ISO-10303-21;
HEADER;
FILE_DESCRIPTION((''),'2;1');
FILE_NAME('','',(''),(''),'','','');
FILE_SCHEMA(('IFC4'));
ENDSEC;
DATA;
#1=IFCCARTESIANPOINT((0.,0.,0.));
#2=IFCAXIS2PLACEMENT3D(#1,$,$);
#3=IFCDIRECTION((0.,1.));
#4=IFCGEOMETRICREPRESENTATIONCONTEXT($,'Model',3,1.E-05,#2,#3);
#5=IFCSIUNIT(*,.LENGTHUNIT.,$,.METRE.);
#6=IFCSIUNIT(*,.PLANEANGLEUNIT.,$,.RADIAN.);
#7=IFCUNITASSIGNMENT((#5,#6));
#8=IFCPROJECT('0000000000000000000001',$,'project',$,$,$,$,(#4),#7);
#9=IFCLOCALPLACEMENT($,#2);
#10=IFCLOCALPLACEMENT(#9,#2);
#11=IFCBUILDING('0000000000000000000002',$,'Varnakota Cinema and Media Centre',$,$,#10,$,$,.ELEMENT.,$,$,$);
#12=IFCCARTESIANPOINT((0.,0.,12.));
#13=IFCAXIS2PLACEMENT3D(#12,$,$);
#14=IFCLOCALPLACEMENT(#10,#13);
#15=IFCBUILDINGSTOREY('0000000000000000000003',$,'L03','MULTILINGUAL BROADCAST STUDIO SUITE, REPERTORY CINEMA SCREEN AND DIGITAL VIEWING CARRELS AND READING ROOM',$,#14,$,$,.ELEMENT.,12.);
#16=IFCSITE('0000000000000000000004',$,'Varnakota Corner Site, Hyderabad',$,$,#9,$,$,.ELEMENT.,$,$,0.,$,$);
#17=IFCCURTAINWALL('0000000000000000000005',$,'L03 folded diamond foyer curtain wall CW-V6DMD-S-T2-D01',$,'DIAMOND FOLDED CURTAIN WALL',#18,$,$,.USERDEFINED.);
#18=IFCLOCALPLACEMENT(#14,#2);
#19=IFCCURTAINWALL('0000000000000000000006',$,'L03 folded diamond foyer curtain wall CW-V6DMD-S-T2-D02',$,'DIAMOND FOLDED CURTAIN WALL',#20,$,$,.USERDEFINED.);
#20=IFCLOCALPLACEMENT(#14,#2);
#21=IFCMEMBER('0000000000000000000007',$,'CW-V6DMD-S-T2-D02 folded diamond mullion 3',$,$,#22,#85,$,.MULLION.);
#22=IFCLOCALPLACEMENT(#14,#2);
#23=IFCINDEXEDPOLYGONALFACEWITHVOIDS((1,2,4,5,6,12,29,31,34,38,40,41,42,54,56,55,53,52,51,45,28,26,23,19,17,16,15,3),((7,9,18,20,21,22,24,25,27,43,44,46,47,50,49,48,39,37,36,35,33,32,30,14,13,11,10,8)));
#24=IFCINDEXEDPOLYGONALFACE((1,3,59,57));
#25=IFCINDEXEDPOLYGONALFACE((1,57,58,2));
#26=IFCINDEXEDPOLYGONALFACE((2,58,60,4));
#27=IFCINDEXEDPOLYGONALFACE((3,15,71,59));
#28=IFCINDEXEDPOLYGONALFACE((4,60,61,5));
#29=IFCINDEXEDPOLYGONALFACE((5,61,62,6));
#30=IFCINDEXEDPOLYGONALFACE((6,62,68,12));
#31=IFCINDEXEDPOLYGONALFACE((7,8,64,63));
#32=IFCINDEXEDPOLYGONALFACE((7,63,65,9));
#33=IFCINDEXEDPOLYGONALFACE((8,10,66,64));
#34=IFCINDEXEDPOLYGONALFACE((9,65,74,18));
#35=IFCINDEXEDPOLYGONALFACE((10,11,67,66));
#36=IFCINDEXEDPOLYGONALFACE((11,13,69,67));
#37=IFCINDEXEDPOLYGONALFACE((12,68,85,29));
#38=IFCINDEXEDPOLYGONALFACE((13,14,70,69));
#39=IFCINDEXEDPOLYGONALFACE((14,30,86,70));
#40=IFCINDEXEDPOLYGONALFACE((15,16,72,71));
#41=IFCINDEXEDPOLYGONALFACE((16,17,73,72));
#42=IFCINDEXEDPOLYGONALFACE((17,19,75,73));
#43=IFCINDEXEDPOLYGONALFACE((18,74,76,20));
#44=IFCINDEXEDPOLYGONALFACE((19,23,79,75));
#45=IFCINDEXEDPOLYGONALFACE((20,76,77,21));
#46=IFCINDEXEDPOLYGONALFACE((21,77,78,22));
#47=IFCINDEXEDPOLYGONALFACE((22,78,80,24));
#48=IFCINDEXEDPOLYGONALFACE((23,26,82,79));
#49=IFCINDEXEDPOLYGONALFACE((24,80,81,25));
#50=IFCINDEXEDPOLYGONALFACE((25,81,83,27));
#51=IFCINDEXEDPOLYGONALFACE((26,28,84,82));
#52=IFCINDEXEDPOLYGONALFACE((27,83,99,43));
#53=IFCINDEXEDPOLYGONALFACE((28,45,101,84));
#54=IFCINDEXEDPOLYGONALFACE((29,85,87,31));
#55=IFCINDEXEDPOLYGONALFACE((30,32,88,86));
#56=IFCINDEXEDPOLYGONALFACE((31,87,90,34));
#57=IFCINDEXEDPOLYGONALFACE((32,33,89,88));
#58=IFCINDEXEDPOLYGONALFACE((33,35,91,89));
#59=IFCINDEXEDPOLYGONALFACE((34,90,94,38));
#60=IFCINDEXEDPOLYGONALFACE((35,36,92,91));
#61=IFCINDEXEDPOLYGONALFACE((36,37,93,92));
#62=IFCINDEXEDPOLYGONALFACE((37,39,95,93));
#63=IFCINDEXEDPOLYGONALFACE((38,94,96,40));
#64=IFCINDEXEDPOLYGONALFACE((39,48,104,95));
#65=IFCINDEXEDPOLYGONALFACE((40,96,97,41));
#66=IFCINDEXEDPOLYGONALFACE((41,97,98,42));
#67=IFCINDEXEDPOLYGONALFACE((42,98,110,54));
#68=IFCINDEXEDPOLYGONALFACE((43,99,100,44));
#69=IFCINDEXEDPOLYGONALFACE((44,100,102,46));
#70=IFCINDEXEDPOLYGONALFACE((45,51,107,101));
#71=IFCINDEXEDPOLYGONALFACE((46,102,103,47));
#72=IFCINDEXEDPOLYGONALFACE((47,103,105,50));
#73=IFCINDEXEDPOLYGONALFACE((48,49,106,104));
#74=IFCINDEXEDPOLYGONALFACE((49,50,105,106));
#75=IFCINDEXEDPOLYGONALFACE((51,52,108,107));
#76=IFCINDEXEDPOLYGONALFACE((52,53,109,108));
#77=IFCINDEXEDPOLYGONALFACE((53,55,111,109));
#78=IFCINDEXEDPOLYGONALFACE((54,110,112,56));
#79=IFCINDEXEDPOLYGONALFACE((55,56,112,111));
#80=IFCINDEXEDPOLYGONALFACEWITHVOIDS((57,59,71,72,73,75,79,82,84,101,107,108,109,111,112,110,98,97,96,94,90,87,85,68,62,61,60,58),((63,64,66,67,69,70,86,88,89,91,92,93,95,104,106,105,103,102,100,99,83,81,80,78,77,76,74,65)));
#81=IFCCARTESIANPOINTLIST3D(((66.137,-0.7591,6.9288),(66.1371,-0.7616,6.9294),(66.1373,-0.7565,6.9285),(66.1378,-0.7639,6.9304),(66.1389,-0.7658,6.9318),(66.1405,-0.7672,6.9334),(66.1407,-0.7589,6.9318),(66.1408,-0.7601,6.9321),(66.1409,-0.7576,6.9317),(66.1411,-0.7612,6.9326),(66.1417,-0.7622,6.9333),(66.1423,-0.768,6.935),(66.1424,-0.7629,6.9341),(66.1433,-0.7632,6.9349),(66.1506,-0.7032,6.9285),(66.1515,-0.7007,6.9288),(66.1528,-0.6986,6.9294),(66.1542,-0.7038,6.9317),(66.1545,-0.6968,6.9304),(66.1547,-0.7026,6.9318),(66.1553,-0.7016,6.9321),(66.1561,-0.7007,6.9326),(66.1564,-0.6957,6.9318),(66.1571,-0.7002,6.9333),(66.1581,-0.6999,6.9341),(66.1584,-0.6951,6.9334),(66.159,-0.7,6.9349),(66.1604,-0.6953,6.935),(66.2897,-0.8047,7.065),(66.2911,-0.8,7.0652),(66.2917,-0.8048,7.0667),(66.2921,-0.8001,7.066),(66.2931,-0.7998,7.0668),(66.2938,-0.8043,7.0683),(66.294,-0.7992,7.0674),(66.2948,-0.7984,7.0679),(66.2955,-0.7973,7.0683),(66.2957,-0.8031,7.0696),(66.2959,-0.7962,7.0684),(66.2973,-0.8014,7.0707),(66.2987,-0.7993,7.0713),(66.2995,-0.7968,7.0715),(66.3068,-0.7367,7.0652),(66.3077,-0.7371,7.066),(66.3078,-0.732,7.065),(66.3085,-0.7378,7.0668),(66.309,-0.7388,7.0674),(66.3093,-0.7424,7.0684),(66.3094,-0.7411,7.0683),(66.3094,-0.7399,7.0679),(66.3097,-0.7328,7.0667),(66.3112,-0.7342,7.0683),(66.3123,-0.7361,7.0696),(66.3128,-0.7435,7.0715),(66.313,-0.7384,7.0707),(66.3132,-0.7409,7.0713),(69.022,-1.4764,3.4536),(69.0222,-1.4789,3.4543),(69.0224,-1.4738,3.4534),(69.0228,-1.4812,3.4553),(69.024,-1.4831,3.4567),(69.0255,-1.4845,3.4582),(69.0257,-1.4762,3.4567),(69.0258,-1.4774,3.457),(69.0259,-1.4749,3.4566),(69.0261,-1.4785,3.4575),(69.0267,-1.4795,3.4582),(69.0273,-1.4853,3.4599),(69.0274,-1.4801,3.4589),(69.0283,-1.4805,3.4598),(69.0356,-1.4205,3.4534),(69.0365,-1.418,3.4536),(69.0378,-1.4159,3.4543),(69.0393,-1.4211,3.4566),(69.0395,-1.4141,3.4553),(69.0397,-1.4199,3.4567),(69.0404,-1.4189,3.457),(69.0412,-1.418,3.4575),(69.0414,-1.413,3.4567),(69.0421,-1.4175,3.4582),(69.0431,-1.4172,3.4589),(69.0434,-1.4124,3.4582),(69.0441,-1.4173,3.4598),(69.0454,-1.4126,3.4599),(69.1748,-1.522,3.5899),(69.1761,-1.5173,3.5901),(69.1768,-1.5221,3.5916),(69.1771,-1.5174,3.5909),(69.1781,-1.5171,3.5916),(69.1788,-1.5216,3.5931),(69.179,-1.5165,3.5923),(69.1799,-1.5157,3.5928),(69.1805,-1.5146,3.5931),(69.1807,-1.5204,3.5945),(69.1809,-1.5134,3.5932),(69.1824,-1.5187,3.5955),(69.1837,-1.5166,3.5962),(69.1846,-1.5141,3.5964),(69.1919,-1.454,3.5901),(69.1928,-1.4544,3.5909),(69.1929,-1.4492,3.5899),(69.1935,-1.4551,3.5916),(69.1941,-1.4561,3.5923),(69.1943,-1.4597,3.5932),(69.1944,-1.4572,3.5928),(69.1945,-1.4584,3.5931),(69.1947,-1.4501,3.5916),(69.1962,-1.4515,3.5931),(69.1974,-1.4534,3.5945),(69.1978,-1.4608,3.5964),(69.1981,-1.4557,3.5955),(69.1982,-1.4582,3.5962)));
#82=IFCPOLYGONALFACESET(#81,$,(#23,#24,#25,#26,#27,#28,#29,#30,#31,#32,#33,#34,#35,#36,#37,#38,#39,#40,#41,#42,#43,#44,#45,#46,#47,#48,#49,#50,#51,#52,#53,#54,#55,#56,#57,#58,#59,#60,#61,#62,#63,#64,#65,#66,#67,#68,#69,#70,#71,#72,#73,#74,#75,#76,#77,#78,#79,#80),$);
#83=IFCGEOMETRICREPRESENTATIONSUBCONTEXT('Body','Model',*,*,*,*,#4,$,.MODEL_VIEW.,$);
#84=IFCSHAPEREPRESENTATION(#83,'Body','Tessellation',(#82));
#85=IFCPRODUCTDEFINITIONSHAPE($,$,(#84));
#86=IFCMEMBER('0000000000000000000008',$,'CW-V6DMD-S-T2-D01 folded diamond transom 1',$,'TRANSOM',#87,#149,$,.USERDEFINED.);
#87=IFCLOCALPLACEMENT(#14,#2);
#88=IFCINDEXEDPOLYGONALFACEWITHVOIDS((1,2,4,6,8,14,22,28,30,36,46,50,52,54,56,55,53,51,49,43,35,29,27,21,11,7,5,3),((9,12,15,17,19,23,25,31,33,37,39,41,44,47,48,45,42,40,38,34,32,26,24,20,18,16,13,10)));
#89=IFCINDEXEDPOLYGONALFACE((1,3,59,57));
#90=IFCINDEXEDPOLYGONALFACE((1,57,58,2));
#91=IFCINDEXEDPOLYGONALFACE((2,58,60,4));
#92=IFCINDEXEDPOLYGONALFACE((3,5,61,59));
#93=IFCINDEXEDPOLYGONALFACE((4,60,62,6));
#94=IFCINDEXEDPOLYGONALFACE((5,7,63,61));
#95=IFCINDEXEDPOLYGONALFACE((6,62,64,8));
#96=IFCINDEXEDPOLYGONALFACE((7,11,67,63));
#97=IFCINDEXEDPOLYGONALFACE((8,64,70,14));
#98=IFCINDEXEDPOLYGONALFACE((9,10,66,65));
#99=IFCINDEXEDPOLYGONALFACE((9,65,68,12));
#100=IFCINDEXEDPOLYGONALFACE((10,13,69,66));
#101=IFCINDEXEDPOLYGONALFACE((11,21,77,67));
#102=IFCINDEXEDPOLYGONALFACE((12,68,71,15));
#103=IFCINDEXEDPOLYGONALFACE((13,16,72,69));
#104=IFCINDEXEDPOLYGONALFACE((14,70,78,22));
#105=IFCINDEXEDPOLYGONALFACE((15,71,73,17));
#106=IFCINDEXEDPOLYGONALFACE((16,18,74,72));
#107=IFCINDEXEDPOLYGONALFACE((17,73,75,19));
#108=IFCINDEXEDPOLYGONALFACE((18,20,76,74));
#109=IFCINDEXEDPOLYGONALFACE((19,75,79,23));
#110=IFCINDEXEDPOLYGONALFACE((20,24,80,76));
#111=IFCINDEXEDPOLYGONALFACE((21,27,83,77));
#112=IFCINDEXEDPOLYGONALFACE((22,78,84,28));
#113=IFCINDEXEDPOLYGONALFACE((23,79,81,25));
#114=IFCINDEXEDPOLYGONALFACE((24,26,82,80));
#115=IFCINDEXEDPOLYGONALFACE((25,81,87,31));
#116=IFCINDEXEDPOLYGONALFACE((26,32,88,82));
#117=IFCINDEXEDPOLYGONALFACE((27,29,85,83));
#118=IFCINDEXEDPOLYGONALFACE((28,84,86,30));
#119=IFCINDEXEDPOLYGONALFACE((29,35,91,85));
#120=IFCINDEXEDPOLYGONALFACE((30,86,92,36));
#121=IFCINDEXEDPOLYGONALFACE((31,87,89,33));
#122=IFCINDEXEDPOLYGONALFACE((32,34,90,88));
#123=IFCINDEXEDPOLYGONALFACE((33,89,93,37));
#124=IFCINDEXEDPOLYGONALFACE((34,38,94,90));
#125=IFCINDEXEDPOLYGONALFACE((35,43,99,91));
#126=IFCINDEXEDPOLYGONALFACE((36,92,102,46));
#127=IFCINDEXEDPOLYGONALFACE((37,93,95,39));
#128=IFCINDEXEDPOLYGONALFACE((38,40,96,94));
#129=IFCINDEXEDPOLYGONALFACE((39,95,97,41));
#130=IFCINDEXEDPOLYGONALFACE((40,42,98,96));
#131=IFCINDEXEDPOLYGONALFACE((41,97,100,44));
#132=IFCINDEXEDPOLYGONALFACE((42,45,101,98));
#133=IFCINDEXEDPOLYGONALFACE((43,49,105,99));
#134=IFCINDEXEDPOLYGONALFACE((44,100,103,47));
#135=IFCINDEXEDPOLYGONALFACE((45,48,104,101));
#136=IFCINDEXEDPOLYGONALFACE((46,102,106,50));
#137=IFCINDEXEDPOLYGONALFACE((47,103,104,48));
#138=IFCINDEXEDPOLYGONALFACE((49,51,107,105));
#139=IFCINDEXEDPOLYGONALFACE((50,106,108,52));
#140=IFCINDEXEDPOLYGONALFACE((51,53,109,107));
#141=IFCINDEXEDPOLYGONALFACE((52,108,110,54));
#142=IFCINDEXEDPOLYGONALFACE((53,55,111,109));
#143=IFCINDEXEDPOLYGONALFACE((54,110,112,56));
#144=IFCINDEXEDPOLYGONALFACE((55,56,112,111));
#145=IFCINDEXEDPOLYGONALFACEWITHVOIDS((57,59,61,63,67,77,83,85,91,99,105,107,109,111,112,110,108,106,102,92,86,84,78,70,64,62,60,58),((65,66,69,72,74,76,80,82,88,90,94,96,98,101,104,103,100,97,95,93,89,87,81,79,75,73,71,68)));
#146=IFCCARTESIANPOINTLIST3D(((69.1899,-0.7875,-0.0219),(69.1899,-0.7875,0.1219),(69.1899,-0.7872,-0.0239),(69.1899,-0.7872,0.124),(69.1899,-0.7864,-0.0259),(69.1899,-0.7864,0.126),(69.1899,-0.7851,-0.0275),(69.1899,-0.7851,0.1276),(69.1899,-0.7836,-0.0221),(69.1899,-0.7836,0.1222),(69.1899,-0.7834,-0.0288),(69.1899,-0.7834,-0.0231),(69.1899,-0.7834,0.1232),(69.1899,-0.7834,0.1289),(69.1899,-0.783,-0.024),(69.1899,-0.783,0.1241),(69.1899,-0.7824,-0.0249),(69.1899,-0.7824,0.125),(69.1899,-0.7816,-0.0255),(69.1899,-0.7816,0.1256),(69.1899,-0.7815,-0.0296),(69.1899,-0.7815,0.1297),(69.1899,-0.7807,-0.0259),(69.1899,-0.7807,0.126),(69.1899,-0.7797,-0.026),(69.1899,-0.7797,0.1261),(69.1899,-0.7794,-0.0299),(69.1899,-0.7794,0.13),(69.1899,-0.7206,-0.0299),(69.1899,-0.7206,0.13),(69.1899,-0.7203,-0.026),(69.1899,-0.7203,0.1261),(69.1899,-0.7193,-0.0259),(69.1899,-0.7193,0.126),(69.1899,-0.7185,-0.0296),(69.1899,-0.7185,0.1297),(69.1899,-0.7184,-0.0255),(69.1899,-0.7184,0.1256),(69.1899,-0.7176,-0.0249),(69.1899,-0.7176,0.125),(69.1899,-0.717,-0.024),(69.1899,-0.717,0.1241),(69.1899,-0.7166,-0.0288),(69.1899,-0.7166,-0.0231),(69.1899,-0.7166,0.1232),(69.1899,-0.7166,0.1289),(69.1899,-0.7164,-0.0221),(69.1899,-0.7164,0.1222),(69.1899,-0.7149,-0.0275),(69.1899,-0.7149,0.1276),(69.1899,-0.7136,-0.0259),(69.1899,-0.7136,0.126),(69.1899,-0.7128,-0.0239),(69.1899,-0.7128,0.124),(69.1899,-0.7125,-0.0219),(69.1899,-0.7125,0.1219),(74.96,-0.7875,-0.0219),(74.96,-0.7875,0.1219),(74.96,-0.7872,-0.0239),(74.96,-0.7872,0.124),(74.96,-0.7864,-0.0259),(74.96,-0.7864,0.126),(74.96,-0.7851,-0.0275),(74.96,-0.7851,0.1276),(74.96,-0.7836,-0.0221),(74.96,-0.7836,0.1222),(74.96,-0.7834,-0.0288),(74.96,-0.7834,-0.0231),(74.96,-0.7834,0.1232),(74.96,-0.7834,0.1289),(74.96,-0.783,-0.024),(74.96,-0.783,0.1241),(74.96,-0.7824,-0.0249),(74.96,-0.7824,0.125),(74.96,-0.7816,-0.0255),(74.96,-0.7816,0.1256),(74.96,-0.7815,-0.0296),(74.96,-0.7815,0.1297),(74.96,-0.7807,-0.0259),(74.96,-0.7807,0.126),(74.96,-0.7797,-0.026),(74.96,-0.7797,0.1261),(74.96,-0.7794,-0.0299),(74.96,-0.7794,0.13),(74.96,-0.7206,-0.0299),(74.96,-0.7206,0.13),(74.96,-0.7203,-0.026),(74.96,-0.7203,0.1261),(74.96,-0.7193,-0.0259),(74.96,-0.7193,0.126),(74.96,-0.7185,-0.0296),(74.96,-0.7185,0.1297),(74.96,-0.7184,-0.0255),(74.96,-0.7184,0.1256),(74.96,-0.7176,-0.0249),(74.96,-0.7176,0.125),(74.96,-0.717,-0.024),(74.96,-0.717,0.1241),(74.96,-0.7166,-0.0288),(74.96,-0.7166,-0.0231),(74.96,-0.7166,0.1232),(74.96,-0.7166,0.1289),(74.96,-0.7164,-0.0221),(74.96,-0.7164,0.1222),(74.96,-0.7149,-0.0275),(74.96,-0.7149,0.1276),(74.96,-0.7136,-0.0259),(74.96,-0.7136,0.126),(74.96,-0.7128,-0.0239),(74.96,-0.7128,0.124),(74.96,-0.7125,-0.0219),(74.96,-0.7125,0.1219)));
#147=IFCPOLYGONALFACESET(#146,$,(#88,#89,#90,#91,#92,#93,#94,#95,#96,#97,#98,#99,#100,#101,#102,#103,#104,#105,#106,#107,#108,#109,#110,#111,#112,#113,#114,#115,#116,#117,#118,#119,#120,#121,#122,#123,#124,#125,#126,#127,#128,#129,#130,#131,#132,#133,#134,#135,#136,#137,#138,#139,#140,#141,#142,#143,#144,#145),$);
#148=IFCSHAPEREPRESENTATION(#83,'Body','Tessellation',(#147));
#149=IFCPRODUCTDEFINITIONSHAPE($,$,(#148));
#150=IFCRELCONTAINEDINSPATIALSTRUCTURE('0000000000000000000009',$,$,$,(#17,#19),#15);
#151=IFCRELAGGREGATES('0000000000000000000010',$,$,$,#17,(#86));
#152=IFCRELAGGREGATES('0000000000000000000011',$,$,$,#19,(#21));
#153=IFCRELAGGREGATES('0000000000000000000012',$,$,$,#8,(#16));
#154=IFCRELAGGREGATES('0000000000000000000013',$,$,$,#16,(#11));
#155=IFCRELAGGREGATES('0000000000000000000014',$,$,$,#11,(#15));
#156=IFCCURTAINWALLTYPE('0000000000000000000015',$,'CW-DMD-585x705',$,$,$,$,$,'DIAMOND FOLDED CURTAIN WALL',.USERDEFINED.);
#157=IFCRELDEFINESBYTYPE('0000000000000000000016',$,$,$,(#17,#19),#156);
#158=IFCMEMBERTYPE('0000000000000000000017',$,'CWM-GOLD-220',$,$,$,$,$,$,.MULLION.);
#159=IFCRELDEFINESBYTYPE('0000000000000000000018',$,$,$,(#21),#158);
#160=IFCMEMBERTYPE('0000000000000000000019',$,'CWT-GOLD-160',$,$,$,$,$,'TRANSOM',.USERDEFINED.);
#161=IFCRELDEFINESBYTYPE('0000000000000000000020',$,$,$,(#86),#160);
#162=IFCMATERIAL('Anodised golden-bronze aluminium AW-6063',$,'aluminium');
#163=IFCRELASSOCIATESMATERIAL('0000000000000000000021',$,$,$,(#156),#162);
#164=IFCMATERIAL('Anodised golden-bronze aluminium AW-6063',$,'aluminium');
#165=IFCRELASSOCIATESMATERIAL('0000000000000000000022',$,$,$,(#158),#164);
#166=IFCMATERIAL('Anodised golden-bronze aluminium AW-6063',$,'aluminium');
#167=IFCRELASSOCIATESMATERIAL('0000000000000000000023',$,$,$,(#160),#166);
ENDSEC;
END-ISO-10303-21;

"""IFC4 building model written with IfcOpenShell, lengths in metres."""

from ifc_helpers import new_model, si_unit, direction, frame, origin, origin_2d, place, context, subcontext, project, spatial, hollow_rectangle, extrude, material, material_profile, profile_set, type_object, element, aggregate, save


model = new_model("IFC4")

# Units and contexts
model_context = context("Model", 3, precision=1e-05, world=origin(), true_north=direction((0.0, 1.0)))
body_context = subcontext(model_context, "Body", "Model", "MODEL_VIEW")
ifc_project = project(units=[si_unit("LENGTHUNIT", "METRE"), si_unit("PLANEANGLEUNIT", "RADIAN")], contexts=[model_context])

# Site, building, storey
site_placement = place(None, origin())
site = spatial("IfcSite", under=ifc_project, at=site_placement, Name="Varnakota Corner Site, Hyderabad", CompositionType="ELEMENT", RefElevation=0.0)
building_placement = place(site_placement, origin())
building = spatial("IfcBuilding", under=site, at=building_placement, Name="Varnakota Cinema and Media Centre", CompositionType="ELEMENT")
storey_placement = place(building_placement, frame((0.0, 0.0, 12.0)))
storey = spatial("IfcBuildingStorey", under=building, at=storey_placement, Name="L03", Description="MULTILINGUAL BROADCAST STUDIO SUITE, REPERTORY CINEMA SCREEN AND DIGITAL VIEWING CARRELS AND READING ROOM", CompositionType="ELEMENT", Elevation=12.0)

# Curtain wall
ifc_material_1 = material(Name="Anodised golden-bronze aluminium AW-6063", Category="aluminium")
curtain_wall_type = type_object("IfcCurtainWallType", Name="CW-DMD-585x705", ElementType="DIAMOND FOLDED CURTAIN WALL", PredefinedType="USERDEFINED", material=ifc_material_1)
curtain_wall_1_placement = place(storey_placement, origin())
curtain_wall_1 = element("IfcCurtainWall", 1, at=curtain_wall_1_placement, inside=storey, type_object=curtain_wall_type, Name="L03 folded diamond foyer curtain wall CW-V6DMD-S-T2-D01", ObjectType="DIAMOND FOLDED CURTAIN WALL", PredefinedType="USERDEFINED")
ifc_material_2 = material(Name="Anodised golden-bronze aluminium AW-6063", Category="aluminium")
ifc_material_profile_1 = material_profile(ifc_material_2, hollow_rectangle(XDim=0.075, YDim=0.22, WallThickness=0.0049, InnerFilletRadius=0.0049, OuterFilletRadius=0.01, at=origin_2d()), Name="AL-MULLION 220x75x5")
ifc_profile_set_1 = profile_set([ifc_material_profile_1], Name="Anodised golden-bronze aluminium AW-6063")
member_type_1 = type_object("IfcMemberType", Name="CWM-GOLD-220", PredefinedType="MULLION", material=ifc_profile_set_1)

# Curtain wall, member
curtain_wall_2_placement = place(storey_placement, origin())
curtain_wall_2 = element("IfcCurtainWall", 2, at=curtain_wall_2_placement, inside=storey, type_object=curtain_wall_type, Name="L03 folded diamond foyer curtain wall CW-V6DMD-S-T2-D02", ObjectType="DIAMOND FOLDED CURTAIN WALL", PredefinedType="USERDEFINED")
member_1_placement = place(storey_placement, frame((69.1101, -1.4673, 3.5249), z_axis=(-0.630853, 0.156846, 0.759885), x_axis=(-0.241279, -0.970456, 0.0)))
member_1 = element("IfcMember", 3, at=member_1_placement, type_object=member_type_1, Name="CW-V6DMD-S-T2-D02 folded diamond mullion 3", PredefinedType="MULLION", context=body_context, shape_type="SweptSolid", body=[
    extrude(hollow_rectangle(XDim=0.075, YDim=0.22, WallThickness=0.0049, InnerFilletRadius=0.0049, OuterFilletRadius=0.01, at=origin_2d()), origin(), (0.0, 0.0, 1.0), 4.5732),
])

# Member
ifc_material_3 = material(Name="Anodised golden-bronze aluminium AW-6063", Category="aluminium")
ifc_material_profile_2 = material_profile(ifc_material_3, hollow_rectangle(XDim=0.075, YDim=0.1599, WallThickness=0.0039, InnerFilletRadius=0.0039, OuterFilletRadius=0.0081, at=origin_2d()), Name="AL-TRANSOM 160x75x4")
ifc_profile_set_2 = profile_set([ifc_material_profile_2], Name="Anodised golden-bronze aluminium AW-6063")
member_type_2 = type_object("IfcMemberType", Name="CWT-GOLD-160", ElementType="TRANSOM", PredefinedType="USERDEFINED", material=ifc_profile_set_2)
member_2_placement = place(storey_placement, frame((74.96, -0.75, 0.05), z_axis=(-1.0, 0.0, 0.0), x_axis=(0.0, -1.0, 0.0)))
member_2 = element("IfcMember", 4, at=member_2_placement, type_object=member_type_2, Name="CW-V6DMD-S-T2-D01 folded diamond transom 1", ObjectType="TRANSOM", PredefinedType="USERDEFINED", context=body_context, shape_type="SweptSolid", body=[
    extrude(hollow_rectangle(XDim=0.075, YDim=0.1599, WallThickness=0.0039, InnerFilletRadius=0.0039, OuterFilletRadius=0.0081, at=origin_2d()), origin(), (0.0, 0.0, 1.0), 5.77),
])

aggregate(curtain_wall_1, [member_2])
aggregate(curtain_wall_2, [member_1])

save(model, "model.ifc")
